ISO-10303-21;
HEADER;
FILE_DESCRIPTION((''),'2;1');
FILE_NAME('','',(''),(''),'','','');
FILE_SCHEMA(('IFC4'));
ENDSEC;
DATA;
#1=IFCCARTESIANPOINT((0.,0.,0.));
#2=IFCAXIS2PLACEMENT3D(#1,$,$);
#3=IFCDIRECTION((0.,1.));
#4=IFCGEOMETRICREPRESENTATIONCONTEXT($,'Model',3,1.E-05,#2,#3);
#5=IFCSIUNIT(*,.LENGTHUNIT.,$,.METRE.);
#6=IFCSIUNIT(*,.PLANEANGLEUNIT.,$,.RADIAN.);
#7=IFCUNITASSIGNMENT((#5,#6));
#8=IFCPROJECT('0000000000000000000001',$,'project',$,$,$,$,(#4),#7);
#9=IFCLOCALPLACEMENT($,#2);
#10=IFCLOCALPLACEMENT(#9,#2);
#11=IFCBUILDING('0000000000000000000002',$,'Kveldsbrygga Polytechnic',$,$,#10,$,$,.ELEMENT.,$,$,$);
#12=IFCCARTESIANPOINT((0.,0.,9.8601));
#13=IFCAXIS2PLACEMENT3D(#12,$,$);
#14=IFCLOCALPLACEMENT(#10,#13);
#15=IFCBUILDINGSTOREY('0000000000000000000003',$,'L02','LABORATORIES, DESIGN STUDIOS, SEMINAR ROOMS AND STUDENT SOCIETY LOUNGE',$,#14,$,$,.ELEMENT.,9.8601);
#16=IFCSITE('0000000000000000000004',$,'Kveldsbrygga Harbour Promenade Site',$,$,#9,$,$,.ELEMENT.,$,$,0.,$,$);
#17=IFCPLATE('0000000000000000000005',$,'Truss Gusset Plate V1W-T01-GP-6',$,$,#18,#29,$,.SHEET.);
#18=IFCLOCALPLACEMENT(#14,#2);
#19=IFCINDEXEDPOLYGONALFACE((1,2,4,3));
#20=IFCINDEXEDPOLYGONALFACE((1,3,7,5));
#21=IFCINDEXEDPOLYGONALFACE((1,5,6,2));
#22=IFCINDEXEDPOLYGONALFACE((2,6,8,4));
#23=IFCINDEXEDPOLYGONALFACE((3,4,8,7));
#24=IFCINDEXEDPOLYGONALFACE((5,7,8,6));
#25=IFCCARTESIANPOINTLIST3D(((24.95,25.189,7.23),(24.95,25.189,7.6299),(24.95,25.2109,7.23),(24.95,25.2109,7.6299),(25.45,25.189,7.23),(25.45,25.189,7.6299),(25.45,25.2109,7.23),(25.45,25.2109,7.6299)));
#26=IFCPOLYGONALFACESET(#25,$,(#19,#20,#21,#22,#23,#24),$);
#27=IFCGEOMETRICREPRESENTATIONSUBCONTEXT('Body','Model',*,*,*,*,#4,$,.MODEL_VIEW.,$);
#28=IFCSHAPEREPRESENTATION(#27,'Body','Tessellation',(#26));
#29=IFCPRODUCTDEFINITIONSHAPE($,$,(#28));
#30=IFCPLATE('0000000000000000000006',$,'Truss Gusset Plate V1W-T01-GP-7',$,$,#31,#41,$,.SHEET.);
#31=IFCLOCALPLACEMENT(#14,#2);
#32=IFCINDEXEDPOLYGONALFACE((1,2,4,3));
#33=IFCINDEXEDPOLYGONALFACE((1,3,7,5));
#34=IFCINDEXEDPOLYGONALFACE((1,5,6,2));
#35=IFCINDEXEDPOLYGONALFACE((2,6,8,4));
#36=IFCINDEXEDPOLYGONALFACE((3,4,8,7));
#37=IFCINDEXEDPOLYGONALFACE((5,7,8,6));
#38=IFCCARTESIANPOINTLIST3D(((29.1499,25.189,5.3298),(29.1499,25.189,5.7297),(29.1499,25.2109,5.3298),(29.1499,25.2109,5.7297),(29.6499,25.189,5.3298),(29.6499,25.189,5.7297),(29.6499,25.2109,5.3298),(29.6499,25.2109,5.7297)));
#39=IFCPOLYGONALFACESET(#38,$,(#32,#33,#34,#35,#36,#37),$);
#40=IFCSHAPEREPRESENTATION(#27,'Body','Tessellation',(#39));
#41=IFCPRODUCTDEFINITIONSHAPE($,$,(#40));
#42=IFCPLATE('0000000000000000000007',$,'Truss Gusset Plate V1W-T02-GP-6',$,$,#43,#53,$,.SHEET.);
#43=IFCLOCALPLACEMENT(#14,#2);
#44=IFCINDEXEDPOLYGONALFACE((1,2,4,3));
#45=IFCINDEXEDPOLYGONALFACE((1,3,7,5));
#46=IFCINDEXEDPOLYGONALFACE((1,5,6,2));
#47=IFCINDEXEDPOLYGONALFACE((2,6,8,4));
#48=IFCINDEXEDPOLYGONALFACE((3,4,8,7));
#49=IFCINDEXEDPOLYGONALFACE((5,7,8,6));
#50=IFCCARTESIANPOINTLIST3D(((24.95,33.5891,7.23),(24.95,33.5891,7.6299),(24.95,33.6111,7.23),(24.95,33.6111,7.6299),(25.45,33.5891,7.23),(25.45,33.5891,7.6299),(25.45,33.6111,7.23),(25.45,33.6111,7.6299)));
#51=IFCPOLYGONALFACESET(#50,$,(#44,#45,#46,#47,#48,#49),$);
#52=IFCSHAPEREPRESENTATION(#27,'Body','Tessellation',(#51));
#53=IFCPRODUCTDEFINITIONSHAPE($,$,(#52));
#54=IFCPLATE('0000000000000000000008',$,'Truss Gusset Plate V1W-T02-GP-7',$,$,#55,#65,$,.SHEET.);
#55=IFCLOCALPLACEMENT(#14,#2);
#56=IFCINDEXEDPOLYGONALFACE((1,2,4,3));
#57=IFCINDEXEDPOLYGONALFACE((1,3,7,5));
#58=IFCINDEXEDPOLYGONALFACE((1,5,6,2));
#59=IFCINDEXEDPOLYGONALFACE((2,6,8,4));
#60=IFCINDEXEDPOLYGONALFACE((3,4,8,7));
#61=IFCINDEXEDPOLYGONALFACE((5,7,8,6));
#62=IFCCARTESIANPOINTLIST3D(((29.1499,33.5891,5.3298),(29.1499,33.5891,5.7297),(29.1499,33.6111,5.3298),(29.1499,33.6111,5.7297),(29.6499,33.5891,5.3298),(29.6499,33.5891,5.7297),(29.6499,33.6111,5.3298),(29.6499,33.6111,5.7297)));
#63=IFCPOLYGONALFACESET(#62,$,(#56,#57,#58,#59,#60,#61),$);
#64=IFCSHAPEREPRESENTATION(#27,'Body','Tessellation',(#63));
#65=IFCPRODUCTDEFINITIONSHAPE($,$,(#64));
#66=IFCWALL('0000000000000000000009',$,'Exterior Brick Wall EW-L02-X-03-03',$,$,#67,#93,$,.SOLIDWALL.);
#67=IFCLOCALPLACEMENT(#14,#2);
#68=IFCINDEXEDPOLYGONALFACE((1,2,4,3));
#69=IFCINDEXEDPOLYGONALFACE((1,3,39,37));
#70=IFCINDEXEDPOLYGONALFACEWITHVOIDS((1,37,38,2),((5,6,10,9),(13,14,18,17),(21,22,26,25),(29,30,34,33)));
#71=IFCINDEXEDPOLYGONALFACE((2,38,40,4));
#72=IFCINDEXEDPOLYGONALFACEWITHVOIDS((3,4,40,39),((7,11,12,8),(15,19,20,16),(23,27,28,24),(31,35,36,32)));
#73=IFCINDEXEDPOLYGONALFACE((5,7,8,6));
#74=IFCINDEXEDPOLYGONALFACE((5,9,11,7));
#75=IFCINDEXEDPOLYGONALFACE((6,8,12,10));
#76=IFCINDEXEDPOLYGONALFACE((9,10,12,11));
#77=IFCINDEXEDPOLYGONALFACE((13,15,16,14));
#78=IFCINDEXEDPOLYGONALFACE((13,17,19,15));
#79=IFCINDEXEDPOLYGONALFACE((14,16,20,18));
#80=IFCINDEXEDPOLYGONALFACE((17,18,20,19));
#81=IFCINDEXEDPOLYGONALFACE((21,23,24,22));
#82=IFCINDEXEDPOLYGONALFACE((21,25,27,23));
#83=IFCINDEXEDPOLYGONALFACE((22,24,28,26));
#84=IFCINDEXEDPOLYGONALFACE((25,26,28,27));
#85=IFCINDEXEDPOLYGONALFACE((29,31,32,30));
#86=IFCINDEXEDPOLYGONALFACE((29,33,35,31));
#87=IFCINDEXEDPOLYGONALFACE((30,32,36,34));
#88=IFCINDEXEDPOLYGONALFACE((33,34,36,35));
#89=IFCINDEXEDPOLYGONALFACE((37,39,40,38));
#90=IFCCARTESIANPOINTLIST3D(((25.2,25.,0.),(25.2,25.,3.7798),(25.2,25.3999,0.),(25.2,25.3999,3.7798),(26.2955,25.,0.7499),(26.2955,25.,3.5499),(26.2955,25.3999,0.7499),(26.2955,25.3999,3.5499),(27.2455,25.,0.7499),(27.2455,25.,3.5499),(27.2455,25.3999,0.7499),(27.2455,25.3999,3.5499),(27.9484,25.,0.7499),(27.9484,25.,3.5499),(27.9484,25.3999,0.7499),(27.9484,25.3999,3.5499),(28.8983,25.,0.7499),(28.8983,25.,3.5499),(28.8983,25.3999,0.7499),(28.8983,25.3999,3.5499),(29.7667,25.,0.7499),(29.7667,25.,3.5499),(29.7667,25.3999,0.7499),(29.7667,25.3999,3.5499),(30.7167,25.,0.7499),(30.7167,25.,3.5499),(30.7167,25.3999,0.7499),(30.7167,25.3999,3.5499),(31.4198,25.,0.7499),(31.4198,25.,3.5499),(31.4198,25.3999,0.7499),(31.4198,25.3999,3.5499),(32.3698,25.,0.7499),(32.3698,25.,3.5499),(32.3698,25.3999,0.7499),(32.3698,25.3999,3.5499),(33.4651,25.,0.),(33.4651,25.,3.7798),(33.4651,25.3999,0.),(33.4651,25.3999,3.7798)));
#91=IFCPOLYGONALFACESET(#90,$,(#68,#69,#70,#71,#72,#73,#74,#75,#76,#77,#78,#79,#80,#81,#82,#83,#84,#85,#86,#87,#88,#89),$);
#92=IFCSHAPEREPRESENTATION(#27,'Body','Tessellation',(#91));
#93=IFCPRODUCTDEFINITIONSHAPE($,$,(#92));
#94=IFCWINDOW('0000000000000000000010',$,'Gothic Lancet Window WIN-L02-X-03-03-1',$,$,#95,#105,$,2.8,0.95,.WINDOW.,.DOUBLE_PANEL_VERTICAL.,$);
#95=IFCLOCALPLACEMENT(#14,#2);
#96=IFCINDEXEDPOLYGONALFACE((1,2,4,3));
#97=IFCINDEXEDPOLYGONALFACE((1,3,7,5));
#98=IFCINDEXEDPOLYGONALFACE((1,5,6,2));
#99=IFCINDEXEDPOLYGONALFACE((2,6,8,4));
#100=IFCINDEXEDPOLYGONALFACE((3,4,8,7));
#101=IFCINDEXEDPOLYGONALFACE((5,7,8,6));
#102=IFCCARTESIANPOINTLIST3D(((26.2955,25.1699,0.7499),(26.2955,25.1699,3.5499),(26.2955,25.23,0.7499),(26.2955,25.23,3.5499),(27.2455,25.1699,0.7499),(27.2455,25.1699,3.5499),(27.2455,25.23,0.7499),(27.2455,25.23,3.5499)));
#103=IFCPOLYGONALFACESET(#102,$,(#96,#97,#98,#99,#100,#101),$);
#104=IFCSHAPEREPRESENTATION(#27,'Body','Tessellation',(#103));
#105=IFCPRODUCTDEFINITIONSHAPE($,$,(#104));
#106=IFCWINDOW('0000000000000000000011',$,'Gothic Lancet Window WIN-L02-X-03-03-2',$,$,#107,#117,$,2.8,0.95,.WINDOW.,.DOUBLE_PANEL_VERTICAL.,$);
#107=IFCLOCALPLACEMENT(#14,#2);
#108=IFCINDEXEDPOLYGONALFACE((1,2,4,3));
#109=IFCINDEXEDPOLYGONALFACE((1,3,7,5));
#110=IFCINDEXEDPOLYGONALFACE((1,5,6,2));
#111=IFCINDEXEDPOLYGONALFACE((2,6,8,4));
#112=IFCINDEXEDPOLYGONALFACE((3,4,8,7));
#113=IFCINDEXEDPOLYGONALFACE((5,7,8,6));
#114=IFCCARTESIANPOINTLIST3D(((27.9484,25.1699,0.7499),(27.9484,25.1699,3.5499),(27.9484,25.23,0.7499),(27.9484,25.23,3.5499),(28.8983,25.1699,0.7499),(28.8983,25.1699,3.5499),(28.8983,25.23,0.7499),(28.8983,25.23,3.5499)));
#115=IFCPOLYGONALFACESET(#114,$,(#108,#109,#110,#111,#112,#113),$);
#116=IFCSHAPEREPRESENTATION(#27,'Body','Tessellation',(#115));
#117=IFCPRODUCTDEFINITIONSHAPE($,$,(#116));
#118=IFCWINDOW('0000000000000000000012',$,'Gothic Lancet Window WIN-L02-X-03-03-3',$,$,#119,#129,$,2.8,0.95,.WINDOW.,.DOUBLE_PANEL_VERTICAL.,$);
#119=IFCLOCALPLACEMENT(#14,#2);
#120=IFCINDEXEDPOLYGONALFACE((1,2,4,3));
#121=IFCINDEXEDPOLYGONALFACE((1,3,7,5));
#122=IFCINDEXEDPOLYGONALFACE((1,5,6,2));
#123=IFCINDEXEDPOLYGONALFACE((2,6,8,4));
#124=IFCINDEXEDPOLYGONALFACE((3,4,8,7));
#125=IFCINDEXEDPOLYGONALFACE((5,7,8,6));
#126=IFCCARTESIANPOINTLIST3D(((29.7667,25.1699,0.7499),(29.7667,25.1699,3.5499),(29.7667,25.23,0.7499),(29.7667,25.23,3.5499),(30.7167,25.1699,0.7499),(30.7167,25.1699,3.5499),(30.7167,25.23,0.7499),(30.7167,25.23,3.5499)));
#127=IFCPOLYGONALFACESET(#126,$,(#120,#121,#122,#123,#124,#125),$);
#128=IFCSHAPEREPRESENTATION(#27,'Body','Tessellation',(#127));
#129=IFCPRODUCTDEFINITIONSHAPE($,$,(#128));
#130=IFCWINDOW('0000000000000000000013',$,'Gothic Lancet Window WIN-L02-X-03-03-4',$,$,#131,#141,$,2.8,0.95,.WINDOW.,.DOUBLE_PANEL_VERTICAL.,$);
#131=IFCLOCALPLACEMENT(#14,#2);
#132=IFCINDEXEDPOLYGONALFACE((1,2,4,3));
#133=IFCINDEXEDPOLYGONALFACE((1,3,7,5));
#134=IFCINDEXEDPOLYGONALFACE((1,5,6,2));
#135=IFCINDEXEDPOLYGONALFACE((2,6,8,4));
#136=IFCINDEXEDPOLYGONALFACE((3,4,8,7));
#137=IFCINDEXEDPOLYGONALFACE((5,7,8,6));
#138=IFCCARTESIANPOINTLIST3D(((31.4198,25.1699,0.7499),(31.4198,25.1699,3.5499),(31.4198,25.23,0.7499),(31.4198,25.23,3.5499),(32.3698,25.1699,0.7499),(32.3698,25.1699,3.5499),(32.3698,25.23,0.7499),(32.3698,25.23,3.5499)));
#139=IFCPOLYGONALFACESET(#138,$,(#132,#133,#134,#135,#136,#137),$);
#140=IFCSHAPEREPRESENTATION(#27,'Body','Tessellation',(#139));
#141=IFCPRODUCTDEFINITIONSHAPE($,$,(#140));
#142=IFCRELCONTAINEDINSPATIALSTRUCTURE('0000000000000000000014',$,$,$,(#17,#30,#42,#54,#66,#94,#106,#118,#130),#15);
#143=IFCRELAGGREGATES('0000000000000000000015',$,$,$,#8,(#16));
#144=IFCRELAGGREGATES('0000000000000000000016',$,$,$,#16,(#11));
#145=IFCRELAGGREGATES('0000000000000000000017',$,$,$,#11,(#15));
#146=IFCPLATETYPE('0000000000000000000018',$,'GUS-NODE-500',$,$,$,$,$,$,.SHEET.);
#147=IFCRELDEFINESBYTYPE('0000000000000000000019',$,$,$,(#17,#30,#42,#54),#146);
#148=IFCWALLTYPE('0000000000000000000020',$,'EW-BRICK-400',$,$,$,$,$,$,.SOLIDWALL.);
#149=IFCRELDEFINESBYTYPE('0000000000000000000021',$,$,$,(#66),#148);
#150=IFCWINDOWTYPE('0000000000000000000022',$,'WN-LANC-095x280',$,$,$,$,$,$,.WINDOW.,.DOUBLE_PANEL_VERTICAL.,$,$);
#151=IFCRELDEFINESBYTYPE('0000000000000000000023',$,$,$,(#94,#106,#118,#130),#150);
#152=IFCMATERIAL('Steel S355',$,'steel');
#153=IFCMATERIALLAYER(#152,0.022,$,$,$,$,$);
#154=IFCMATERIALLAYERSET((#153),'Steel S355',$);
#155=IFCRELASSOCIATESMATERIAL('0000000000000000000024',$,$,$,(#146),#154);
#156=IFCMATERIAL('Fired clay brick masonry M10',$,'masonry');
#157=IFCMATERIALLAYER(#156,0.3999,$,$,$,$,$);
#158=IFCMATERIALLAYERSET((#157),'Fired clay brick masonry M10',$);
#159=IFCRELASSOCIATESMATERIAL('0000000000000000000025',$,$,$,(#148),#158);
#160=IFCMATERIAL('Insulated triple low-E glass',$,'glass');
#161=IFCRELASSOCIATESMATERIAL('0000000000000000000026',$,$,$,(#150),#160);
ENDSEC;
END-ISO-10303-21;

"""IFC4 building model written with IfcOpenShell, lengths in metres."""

from ifc_helpers import new_model, si_unit, direction, frame, frame_2d, origin, origin_2d, place, context, subcontext, project, spatial, rectangle, extrude, material, layer, layer_set, type_object, element, fill, save


model = new_model("IFC4")

# Units and contexts
model_context = context("Model", 3, precision=1e-05, world=origin(), true_north=direction((0.0, 1.0)))
body_context = subcontext(model_context, "Body", "Model", "MODEL_VIEW")
ifc_project = project(units=[si_unit("LENGTHUNIT", "METRE"), si_unit("PLANEANGLEUNIT", "RADIAN")], contexts=[model_context])

# Site, building, storey
site_placement = place(None, origin())
site = spatial("IfcSite", under=ifc_project, at=site_placement, Name="Kveldsbrygga Harbour Promenade Site", CompositionType="ELEMENT", RefElevation=0.0)
building_placement = place(site_placement, origin())
building = spatial("IfcBuilding", under=site, at=building_placement, Name="Kveldsbrygga Polytechnic", CompositionType="ELEMENT")
storey_placement = place(building_placement, frame((0.0, 0.0, 9.8601)))
storey = spatial("IfcBuildingStorey", under=building, at=storey_placement, Name="L02", Description="LABORATORIES, DESIGN STUDIOS, SEMINAR ROOMS AND STUDENT SOCIETY LOUNGE", CompositionType="ELEMENT", Elevation=9.8601)

# Shared definitions
ifc_material_1 = material(Name="Steel S355", Category="steel")

# Plates
ifc_layer_1 = layer(ifc_material_1, 0.022)
ifc_layer_set_1 = layer_set([ifc_layer_1], Name="Steel S355")
plate_type_1 = type_object("IfcPlateType", Name="GUS-NODE-500", PredefinedType="SHEET", material=ifc_layer_set_1)
for number, where, z_axis, x_axis, name in (
    (1, (25.2, 25.2, 7.23), (0.0, 0.0, 1.0), (1.0, 0.0, 0.0), "Truss Gusset Plate V1W-T01-GP-6"),
    (2, (29.3999, 25.2, 5.3298), (0.0, 0.0, 1.0), (1.0, 0.0, 0.0), "Truss Gusset Plate V1W-T01-GP-7"),
    (3, (25.2, 33.6001, 7.23), (0.0, 0.0, 1.0), (1.0, 0.0, 0.0), "Truss Gusset Plate V1W-T02-GP-6"),
    (4, (29.3999, 33.6001, 5.3298), (0.0, 0.0, 1.0), (1.0, 0.0, 0.0), "Truss Gusset Plate V1W-T02-GP-7"),
):
    element("IfcPlate", number, at=place(storey_placement, frame(where, z_axis=z_axis, x_axis=x_axis)), inside=storey, type_object=plate_type_1, Name=name, PredefinedType="SHEET", context=body_context, shape_type="SweptSolid", body=[
        extrude(rectangle(XDim=0.5, YDim=0.022, at=origin_2d()), origin(), (0.0, 0.0, 1.0), 0.3999),
    ])

# Wall, openings, windows
ifc_material_2 = material(Name="Fired clay brick masonry M10", Category="masonry")
ifc_layer_2 = layer(ifc_material_2, 0.3999)
ifc_layer_set_2 = layer_set([ifc_layer_2], Name="Fired clay brick masonry M10")
wall_type = type_object("IfcWallType", Name="EW-BRICK-400", PredefinedType="SOLIDWALL", material=ifc_layer_set_2)
wall_placement = place(storey_placement, frame((25.2, 25.2, 0.0), z_axis=(0.0, 0.0, 1.0), x_axis=(1.0, 0.0, 0.0)))
wall = element("IfcWall", 5, at=wall_placement, inside=storey, type_object=wall_type, Name="Exterior Brick Wall EW-L02-X-03-03", PredefinedType="SOLIDWALL", context=body_context, shape_type="SweptSolid", body=[
    extrude(rectangle(XDim=8.2651, YDim=0.3999, at=frame_2d((4.1326, 0.0))), origin(), (0.0, 0.0, 1.0), 3.7798),
])
opening_1_placement = place(wall_placement, frame((1.0955, 0.0, 0.75)))
opening_1 = element("IfcOpeningElement", 6, at=opening_1_placement, cuts=wall, PredefinedType="OPENING", context=body_context, shape_type="SweptSolid", body=[
    extrude(rectangle(XDim=0.95, YDim=2.8, at=frame_2d((0.4751, 1.3999))), frame((0.0, 0.21, 0.0), z_axis=(0.0, -1.0, 0.0), x_axis=(1.0, 0.0, 0.0)), (0.0, 0.0, 1.0), 0.4199),
])
opening_2_placement = place(wall_placement, frame((2.7483, 0.0, 0.75)))
opening_2 = element("IfcOpeningElement", 7, at=opening_2_placement, cuts=wall, PredefinedType="OPENING", context=body_context, shape_type="SweptSolid", body=[
    extrude(rectangle(XDim=0.95, YDim=2.8, at=frame_2d((0.4751, 1.3999))), frame((0.0, 0.21, 0.0), z_axis=(0.0, -1.0, 0.0), x_axis=(1.0, 0.0, 0.0)), (0.0, 0.0, 1.0), 0.4199),
])
opening_3_placement = place(wall_placement, frame((4.5667, 0.0, 0.75)))
opening_3 = element("IfcOpeningElement", 8, at=opening_3_placement, cuts=wall, PredefinedType="OPENING", context=body_context, shape_type="SweptSolid", body=[
    extrude(rectangle(XDim=0.95, YDim=2.8, at=frame_2d((0.4751, 1.3999))), frame((0.0, 0.21, 0.0), z_axis=(0.0, -1.0, 0.0), x_axis=(1.0, 0.0, 0.0)), (0.0, 0.0, 1.0), 0.4199),
])
opening_4_placement = place(wall_placement, frame((6.2197, 0.0, 0.75)))
opening_4 = element("IfcOpeningElement", 9, at=opening_4_placement, cuts=wall, PredefinedType="OPENING", context=body_context, shape_type="SweptSolid", body=[
    extrude(rectangle(XDim=0.95, YDim=2.8, at=frame_2d((0.4751, 1.3999))), frame((0.0, 0.21, 0.0), z_axis=(0.0, -1.0, 0.0), x_axis=(1.0, 0.0, 0.0)), (0.0, 0.0, 1.0), 0.4199),
])
ifc_material_3 = material(Name="Insulated triple low-E glass", Category="glass")
window_type = type_object("IfcWindowType", Name="WN-LANC-095x280", PartitioningType="DOUBLE_PANEL_VERTICAL", PredefinedType="WINDOW", material=ifc_material_3)
window_1_placement = place(opening_1_placement, origin())
window_1 = element("IfcWindow", 10, at=window_1_placement, inside=storey, type_object=window_type, Name="Gothic Lancet Window WIN-L02-X-03-03-1", OverallHeight=2.8, OverallWidth=0.95, PartitioningType="DOUBLE_PANEL_VERTICAL", PredefinedType="WINDOW", context=body_context, shape_type="SweptSolid", body=[
    extrude(rectangle(XDim=0.95, YDim=2.8, at=frame_2d((0.4751, 1.3999))), frame((0.0, 0.03, 0.0), z_axis=(0.0, -1.0, 0.0), x_axis=(1.0, 0.0, 0.0)), (0.0, 0.0, 1.0), 0.0601),
])
fill(opening_1, window_1)
window_2_placement = place(opening_2_placement, origin())
window_2 = element("IfcWindow", 11, at=window_2_placement, inside=storey, type_object=window_type, Name="Gothic Lancet Window WIN-L02-X-03-03-2", OverallHeight=2.8, OverallWidth=0.95, PartitioningType="DOUBLE_PANEL_VERTICAL", PredefinedType="WINDOW", context=body_context, shape_type="SweptSolid", body=[
    extrude(rectangle(XDim=0.95, YDim=2.8, at=frame_2d((0.4751, 1.3999))), frame((0.0, 0.03, 0.0), z_axis=(0.0, -1.0, 0.0), x_axis=(1.0, 0.0, 0.0)), (0.0, 0.0, 1.0), 0.0601),
])
fill(opening_2, window_2)
window_3_placement = place(opening_3_placement, origin())
window_3 = element("IfcWindow", 12, at=window_3_placement, inside=storey, type_object=window_type, Name="Gothic Lancet Window WIN-L02-X-03-03-3", OverallHeight=2.8, OverallWidth=0.95, PartitioningType="DOUBLE_PANEL_VERTICAL", PredefinedType="WINDOW", context=body_context, shape_type="SweptSolid", body=[
    extrude(rectangle(XDim=0.95, YDim=2.8, at=frame_2d((0.4751, 1.3999))), frame((0.0, 0.03, 0.0), z_axis=(0.0, -1.0, 0.0), x_axis=(1.0, 0.0, 0.0)), (0.0, 0.0, 1.0), 0.0601),
])
fill(opening_3, window_3)
window_4_placement = place(opening_4_placement, origin())
window_4 = element("IfcWindow", 13, at=window_4_placement, inside=storey, type_object=window_type, Name="Gothic Lancet Window WIN-L02-X-03-03-4", OverallHeight=2.8, OverallWidth=0.95, PartitioningType="DOUBLE_PANEL_VERTICAL", PredefinedType="WINDOW", context=body_context, shape_type="SweptSolid", body=[
    extrude(rectangle(XDim=0.95, YDim=2.8, at=frame_2d((0.4751, 1.3999))), frame((0.0, 0.03, 0.0), z_axis=(0.0, -1.0, 0.0), x_axis=(1.0, 0.0, 0.0)), (0.0, 0.0, 1.0), 0.0601),
])
fill(opening_4, window_4)

save(model, "model.ifc")
